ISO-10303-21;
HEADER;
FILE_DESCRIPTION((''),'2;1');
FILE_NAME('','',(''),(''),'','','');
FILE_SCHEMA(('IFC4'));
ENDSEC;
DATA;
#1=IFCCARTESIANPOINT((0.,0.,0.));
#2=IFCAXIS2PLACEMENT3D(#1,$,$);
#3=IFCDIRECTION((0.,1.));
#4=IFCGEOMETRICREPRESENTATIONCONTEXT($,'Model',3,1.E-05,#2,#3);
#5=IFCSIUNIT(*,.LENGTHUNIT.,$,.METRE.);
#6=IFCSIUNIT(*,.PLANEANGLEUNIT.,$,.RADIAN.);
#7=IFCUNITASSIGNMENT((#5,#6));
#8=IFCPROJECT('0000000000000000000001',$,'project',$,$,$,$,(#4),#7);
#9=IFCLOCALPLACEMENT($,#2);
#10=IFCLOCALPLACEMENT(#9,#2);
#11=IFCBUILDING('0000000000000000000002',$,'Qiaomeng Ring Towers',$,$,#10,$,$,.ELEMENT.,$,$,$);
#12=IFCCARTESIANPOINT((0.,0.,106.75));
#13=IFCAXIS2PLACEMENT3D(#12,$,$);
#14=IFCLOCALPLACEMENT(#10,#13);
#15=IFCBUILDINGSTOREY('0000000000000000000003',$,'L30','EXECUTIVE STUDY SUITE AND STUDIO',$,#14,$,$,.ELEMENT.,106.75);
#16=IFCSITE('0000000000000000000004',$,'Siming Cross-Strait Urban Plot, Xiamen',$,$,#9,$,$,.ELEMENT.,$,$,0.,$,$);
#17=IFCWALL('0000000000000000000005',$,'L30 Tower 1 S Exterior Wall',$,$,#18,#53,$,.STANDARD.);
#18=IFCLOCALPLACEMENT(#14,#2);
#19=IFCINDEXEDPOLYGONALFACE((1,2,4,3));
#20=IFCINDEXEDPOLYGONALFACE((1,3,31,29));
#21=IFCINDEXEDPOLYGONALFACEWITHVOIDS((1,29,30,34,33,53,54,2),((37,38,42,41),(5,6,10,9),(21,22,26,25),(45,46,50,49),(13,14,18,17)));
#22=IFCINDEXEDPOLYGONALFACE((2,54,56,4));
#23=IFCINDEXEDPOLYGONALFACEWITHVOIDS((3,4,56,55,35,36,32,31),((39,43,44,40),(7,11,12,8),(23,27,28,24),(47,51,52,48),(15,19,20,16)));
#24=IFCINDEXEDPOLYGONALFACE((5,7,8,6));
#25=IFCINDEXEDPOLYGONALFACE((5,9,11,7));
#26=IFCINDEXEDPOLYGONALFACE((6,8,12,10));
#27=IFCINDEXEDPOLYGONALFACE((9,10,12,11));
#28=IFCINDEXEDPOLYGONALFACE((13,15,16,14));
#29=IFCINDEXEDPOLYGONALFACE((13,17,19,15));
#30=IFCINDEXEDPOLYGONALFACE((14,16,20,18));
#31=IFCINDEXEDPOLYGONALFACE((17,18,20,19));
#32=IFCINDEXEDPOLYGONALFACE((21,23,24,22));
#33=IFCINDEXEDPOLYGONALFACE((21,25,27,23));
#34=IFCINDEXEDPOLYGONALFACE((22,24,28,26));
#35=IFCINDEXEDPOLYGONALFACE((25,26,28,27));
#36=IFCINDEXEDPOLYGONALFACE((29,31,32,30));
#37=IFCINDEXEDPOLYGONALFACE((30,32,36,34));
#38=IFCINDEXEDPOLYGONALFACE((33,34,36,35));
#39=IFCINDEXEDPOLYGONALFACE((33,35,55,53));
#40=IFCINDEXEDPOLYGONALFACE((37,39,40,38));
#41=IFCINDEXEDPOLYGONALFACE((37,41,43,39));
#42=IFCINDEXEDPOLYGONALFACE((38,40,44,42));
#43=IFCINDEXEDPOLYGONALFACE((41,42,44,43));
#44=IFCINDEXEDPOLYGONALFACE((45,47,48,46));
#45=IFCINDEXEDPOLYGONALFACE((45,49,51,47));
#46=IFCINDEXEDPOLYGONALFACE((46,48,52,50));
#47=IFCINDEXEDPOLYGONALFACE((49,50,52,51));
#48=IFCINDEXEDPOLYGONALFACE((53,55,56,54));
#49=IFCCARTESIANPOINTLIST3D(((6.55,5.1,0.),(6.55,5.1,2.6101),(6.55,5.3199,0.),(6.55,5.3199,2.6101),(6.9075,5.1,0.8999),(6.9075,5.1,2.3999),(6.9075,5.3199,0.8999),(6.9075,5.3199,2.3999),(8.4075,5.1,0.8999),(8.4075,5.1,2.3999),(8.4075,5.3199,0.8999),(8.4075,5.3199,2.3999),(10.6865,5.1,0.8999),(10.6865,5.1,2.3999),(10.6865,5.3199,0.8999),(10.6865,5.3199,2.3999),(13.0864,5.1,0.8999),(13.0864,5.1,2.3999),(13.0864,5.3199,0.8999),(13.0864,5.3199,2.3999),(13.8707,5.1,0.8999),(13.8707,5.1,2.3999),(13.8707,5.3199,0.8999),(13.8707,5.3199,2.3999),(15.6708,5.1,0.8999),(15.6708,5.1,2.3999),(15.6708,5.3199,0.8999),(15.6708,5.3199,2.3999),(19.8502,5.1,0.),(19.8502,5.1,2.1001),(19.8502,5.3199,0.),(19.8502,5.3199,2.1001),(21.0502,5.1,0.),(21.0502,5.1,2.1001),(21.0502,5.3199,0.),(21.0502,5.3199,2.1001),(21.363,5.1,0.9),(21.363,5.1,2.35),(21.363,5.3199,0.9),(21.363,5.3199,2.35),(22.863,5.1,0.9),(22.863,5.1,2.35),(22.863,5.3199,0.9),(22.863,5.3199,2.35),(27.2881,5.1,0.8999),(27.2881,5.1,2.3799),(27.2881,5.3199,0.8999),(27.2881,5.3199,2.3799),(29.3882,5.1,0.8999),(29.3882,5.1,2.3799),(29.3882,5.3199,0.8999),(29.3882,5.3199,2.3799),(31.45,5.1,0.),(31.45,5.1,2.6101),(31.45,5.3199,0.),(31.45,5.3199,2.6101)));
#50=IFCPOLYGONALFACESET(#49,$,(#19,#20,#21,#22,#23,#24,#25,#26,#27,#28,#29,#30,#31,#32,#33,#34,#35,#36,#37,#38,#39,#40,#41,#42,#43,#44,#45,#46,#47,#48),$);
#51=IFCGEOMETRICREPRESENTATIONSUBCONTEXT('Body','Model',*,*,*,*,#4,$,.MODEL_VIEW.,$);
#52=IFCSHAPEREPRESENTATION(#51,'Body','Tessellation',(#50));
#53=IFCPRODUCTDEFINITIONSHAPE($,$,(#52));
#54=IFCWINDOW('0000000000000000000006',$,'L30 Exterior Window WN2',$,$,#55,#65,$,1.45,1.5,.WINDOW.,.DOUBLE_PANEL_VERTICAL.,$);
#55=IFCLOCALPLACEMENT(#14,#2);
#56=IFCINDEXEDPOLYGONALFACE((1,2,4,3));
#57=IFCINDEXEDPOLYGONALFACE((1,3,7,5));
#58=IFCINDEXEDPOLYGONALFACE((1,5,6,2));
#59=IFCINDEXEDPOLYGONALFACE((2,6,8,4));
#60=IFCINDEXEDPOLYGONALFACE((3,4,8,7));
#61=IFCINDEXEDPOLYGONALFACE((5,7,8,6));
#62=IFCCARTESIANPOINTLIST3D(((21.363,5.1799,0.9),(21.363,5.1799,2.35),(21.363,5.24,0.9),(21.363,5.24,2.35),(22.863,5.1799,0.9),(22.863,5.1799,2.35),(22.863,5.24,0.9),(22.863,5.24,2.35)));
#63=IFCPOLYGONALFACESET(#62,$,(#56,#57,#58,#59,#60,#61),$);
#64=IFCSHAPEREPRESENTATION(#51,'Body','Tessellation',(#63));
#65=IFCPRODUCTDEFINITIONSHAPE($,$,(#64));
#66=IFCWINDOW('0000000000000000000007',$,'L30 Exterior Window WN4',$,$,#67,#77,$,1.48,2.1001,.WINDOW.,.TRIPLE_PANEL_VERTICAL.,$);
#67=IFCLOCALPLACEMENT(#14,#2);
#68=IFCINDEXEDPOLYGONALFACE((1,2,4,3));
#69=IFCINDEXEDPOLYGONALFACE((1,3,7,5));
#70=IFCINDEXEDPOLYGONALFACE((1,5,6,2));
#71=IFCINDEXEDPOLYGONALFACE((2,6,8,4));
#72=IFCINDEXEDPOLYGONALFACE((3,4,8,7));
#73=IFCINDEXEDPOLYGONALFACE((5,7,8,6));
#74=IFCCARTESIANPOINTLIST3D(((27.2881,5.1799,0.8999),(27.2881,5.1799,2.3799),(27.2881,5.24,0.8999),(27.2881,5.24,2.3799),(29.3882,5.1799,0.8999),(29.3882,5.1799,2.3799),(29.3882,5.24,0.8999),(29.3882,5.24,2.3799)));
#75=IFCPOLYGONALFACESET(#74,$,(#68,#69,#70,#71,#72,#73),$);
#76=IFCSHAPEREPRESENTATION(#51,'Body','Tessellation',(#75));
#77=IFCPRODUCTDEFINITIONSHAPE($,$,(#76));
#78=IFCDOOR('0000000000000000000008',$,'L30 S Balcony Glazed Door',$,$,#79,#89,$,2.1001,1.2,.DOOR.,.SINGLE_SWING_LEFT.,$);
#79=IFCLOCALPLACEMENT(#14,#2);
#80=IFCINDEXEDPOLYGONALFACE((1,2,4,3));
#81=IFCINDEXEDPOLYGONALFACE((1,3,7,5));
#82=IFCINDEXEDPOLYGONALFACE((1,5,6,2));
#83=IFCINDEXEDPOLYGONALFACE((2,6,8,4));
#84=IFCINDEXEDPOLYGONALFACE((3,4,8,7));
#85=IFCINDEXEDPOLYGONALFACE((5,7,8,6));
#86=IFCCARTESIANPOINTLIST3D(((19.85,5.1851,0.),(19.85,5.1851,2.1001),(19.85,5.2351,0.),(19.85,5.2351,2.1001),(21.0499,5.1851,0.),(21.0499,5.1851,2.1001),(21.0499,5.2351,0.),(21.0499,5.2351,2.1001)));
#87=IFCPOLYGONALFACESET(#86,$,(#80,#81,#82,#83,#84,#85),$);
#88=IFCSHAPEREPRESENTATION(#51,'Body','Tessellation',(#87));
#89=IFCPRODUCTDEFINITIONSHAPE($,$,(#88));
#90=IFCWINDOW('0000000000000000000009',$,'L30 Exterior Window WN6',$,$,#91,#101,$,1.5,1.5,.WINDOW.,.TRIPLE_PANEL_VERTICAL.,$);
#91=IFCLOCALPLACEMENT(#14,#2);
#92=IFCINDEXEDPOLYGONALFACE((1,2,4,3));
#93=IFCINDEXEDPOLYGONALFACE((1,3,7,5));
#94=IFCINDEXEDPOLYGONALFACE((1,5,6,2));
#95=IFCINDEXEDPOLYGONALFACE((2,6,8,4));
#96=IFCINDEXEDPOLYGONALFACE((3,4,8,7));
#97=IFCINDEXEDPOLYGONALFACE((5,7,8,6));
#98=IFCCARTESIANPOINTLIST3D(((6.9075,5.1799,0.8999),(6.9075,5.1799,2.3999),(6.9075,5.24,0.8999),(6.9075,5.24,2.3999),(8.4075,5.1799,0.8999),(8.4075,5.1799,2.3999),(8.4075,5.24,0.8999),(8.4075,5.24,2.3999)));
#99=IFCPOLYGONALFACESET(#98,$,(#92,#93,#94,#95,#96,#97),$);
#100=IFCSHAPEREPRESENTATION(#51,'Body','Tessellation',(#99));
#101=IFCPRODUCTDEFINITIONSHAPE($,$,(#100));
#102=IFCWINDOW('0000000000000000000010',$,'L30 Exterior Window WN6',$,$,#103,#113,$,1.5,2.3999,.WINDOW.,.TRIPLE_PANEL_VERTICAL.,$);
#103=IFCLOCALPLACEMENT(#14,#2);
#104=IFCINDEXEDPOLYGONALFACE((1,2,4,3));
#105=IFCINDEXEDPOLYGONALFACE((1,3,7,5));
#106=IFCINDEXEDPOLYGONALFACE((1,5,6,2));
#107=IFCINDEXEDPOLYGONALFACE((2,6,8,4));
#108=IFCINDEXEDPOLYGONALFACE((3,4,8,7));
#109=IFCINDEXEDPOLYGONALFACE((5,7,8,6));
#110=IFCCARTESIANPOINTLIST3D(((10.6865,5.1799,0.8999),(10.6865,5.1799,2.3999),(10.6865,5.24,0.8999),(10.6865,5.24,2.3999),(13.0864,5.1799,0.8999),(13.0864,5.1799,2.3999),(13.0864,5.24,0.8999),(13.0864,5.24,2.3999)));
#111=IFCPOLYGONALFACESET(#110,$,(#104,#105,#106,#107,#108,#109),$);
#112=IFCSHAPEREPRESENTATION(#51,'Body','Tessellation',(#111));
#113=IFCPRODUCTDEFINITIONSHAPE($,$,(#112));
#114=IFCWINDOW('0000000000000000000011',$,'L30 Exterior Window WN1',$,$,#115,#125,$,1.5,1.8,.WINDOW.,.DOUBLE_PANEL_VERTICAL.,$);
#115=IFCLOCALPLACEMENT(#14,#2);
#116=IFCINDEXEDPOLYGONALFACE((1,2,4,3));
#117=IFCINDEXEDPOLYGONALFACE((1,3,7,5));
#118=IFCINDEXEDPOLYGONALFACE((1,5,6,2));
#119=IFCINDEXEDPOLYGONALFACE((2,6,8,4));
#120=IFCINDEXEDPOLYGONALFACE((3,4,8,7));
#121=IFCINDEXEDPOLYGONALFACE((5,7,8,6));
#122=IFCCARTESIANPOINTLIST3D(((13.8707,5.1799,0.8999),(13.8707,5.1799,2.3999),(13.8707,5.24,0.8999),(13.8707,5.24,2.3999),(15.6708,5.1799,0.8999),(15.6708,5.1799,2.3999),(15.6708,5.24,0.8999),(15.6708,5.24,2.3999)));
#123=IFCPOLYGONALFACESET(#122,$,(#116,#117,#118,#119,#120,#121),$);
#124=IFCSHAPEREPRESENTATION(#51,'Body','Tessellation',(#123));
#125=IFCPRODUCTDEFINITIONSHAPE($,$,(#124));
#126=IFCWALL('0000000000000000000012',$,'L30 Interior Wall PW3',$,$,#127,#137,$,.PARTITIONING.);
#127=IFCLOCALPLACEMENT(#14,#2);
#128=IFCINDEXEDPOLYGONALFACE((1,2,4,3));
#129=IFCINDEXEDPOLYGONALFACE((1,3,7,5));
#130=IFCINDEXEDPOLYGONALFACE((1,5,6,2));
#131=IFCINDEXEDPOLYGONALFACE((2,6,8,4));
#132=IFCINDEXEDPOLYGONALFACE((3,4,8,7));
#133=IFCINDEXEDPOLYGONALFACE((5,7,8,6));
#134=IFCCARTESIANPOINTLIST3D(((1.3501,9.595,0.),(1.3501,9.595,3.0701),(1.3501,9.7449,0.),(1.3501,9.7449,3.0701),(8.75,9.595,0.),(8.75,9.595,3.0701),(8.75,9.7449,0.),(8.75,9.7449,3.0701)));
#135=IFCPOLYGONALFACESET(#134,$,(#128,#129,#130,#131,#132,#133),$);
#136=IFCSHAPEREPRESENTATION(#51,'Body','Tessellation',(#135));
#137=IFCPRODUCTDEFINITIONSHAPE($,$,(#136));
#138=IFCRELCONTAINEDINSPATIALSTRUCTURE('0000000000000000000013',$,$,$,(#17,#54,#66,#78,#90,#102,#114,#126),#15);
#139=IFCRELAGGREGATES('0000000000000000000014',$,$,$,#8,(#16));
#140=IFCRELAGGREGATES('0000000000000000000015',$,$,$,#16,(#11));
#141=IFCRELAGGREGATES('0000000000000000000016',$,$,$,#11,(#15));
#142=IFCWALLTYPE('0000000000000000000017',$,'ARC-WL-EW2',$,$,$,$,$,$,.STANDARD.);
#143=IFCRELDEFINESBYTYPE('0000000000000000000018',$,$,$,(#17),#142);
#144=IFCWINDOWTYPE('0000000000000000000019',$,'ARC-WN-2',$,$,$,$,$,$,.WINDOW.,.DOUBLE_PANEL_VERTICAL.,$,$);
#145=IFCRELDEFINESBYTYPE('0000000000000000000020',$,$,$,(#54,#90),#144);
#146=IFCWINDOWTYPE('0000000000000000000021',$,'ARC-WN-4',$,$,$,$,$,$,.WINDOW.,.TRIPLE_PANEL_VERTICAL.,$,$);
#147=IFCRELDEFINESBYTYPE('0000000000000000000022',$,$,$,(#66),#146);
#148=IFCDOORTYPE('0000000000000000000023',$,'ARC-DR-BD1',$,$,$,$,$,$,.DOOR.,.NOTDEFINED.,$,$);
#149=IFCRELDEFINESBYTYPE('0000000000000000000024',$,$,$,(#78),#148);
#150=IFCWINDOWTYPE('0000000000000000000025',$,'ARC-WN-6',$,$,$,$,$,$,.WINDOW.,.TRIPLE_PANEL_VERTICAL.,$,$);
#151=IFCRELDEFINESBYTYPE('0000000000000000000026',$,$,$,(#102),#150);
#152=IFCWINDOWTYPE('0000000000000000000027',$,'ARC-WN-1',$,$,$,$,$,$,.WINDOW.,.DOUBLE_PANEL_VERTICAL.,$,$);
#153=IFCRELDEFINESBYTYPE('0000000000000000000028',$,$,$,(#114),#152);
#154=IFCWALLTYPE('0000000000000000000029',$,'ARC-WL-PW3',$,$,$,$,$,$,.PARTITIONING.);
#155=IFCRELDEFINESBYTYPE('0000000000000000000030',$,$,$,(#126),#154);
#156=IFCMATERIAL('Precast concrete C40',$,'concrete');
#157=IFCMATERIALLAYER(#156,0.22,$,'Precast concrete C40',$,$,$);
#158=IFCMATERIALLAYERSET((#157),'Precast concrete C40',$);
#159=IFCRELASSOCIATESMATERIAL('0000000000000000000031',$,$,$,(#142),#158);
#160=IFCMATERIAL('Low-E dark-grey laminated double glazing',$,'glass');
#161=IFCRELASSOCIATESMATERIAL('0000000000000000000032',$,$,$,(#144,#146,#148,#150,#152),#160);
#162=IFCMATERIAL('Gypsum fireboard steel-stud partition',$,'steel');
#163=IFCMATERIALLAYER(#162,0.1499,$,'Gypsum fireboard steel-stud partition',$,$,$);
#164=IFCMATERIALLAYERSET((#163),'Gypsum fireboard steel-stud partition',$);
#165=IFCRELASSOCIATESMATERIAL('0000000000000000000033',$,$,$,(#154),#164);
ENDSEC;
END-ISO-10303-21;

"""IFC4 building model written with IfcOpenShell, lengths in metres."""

from ifc_helpers import new_model, si_unit, direction, frame, frame_2d, origin, place, context, subcontext, project, spatial, rectangle, extrude, source, transform, mapped, material, layer, layer_set, type_object, element, fill, save


model = new_model("IFC4")

# Units and contexts
model_context = context("Model", 3, precision=1e-05, world=origin(), true_north=direction((0.0, 1.0)))
body_context = subcontext(model_context, "Body", "Model", "MODEL_VIEW")
ifc_project = project(units=[si_unit("LENGTHUNIT", "METRE"), si_unit("PLANEANGLEUNIT", "RADIAN")], contexts=[model_context])

# Site, building, storey
site_placement = place(None, origin())
site = spatial("IfcSite", under=ifc_project, at=site_placement, Name="Siming Cross-Strait Urban Plot, Xiamen", CompositionType="ELEMENT", RefElevation=0.0)
building_placement = place(site_placement, origin())
building = spatial("IfcBuilding", under=site, at=building_placement, Name="Qiaomeng Ring Towers", CompositionType="ELEMENT")
storey_placement = place(building_placement, frame((0.0, 0.0, 106.75)))
storey = spatial("IfcBuildingStorey", under=building, at=storey_placement, Name="L30", Description="EXECUTIVE STUDY SUITE AND STUDIO", CompositionType="ELEMENT", Elevation=106.75)

# Shared definitions
ifc_material_1 = material(Name="Low-E dark-grey laminated double glazing", Category="glass")

# Wall, openings, windows, door
ifc_material_2 = material(Name="Precast concrete C40", Category="concrete")
ifc_layer_1 = layer(ifc_material_2, 0.22, Name="Precast concrete C40")
ifc_layer_set_1 = layer_set([ifc_layer_1], Name="Precast concrete C40")
wall_type_1 = type_object("IfcWallType", Name="ARC-WL-EW2", PredefinedType="STANDARD", material=ifc_layer_set_1)
wall_1_placement = place(storey_placement, frame((6.55, 5.21, 0.0), z_axis=(0.0, 0.0, 1.0), x_axis=(1.0, 0.0, 0.0)))
wall_1 = element("IfcWall", 1, at=wall_1_placement, inside=storey, type_object=wall_type_1, Name="L30 Tower 1 S Exterior Wall", PredefinedType="STANDARD", context=body_context, shape_type="SweptSolid", body=[
    extrude(rectangle(XDim=24.8999, YDim=0.22, at=frame_2d((12.45, 0.0))), origin(), (0.0, 0.0, 1.0), 2.6101),
])
opening_1_placement = place(wall_1_placement, frame((13.3, 0.0, 0.0)))
opening_1 = element("IfcOpeningElement", 2, at=opening_1_placement, cuts=wall_1, PredefinedType="OPENING", context=body_context, shape_type="SweptSolid", body=[
    extrude(rectangle(XDim=1.2, YDim=2.1001, at=frame_2d((0.6001, 1.05))), frame((0.0, 0.1199, 0.0), z_axis=(0.0, -1.0, 0.0), x_axis=(1.0, 0.0, 0.0)), (0.0, 0.0, 1.0), 0.24),
])
opening_2_placement = place(wall_1_placement, frame((0.3574, 0.0, 0.8999)))
opening_2 = element("IfcOpeningElement", 3, at=opening_2_placement, cuts=wall_1, PredefinedType="OPENING", context=body_context, shape_type="SweptSolid", body=[
    extrude(rectangle(XDim=1.5, YDim=1.5, at=frame_2d((0.75, 0.75))), frame((0.0, 0.1199, 0.0), z_axis=(0.0, -1.0, 0.0), x_axis=(1.0, 0.0, 0.0)), (0.0, 0.0, 1.0), 0.24),
])
opening_3_placement = place(wall_1_placement, frame((7.3208, 0.0, 0.8999)))
opening_3 = element("IfcOpeningElement", 4, at=opening_3_placement, cuts=wall_1, PredefinedType="OPENING", context=body_context, shape_type="SweptSolid", body=[
    extrude(rectangle(XDim=1.8, YDim=1.5, at=frame_2d((0.8999, 0.75))), frame((0.0, 0.1199, 0.0), z_axis=(0.0, -1.0, 0.0), x_axis=(1.0, 0.0, 0.0)), (0.0, 0.0, 1.0), 0.24),
])
opening_4_placement = place(wall_1_placement, frame((14.813, 0.0, 0.8999)))
opening_4 = element("IfcOpeningElement", 5, at=opening_4_placement, cuts=wall_1, PredefinedType="OPENING", context=body_context, shape_type="SweptSolid", body=[
    extrude(rectangle(XDim=1.5, YDim=1.45, at=frame_2d((0.75, 0.7251))), frame((0.0, 0.1199, 0.0), z_axis=(0.0, -1.0, 0.0), x_axis=(1.0, 0.0, 0.0)), (0.0, 0.0, 1.0), 0.24),
])
opening_5_placement = place(wall_1_placement, frame((20.738, 0.0, 0.8999)))
opening_5 = element("IfcOpeningElement", 6, at=opening_5_placement, cuts=wall_1, PredefinedType="OPENING", context=body_context, shape_type="SweptSolid", body=[
    extrude(rectangle(XDim=2.1001, YDim=1.48, at=frame_2d((1.05, 0.74))), frame((0.0, 0.1199, 0.0), z_axis=(0.0, -1.0, 0.0), x_axis=(1.0, 0.0, 0.0)), (0.0, 0.0, 1.0), 0.24),
])
opening_6_placement = place(wall_1_placement, frame((4.1365, 0.0, 0.8999)))
opening_6 = element("IfcOpeningElement", 7, at=opening_6_placement, cuts=wall_1, PredefinedType="OPENING", context=body_context, shape_type="SweptSolid", body=[
    extrude(rectangle(XDim=2.3999, YDim=1.5, at=frame_2d((1.2, 0.75))), frame((0.0, 0.1199, 0.0), z_axis=(0.0, -1.0, 0.0), x_axis=(1.0, 0.0, 0.0)), (0.0, 0.0, 1.0), 0.24),
])
window_type_1 = type_object("IfcWindowType", Name="ARC-WN-2", PartitioningType="DOUBLE_PANEL_VERTICAL", PredefinedType="WINDOW", material=ifc_material_1)
shared_shape_1 = source(origin(), body_context, "Body", "SweptSolid", [
    extrude(rectangle(XDim=1.5, YDim=1.45, at=frame_2d((0.75, 0.7251))), frame((0.0, 0.03, 0.0), z_axis=(0.0, -1.0, 0.0), x_axis=(1.0, 0.0, 0.0)), (0.0, 0.0, 1.0), 0.0601),
])
window_1_placement = place(opening_4_placement, origin())
window_1 = element("IfcWindow", 8, at=window_1_placement, inside=storey, type_object=window_type_1, Name="L30 Exterior Window WN2", OverallHeight=1.45, OverallWidth=1.5, PartitioningType="DOUBLE_PANEL_VERTICAL", PredefinedType="WINDOW", context=body_context, shape_type="MappedRepresentation", body=[
    mapped(shared_shape_1, transform((0.0, 0.0, 0.0), x_axis=(1.0, 0.0, 0.0), y_axis=(0.0, 1.0, 0.0), z_axis=(0.0, 0.0, 1.0), scale=1.0)),
])
fill(opening_4, window_1)
window_type_2 = type_object("IfcWindowType", Name="ARC-WN-4", PartitioningType="TRIPLE_PANEL_VERTICAL", PredefinedType="WINDOW", material=ifc_material_1)
shared_shape_2 = source(origin(), body_context, "Body", "SweptSolid", [
    extrude(rectangle(XDim=2.1001, YDim=1.48, at=frame_2d((1.05, 0.74))), frame((0.0, 0.03, 0.0), z_axis=(0.0, -1.0, 0.0), x_axis=(1.0, 0.0, 0.0)), (0.0, 0.0, 1.0), 0.0601),
])
window_2_placement = place(opening_5_placement, origin())
window_2 = element("IfcWindow", 9, at=window_2_placement, inside=storey, type_object=window_type_2, Name="L30 Exterior Window WN4", OverallHeight=1.48, OverallWidth=2.1001, PartitioningType="TRIPLE_PANEL_VERTICAL", PredefinedType="WINDOW", context=body_context, shape_type="MappedRepresentation", body=[
    mapped(shared_shape_2, transform((0.0, 0.0, 0.0), x_axis=(1.0, 0.0, 0.0), y_axis=(0.0, 1.0, 0.0), z_axis=(0.0, 0.0, 1.0), scale=1.0)),
])
fill(opening_5, window_2)
door_type = type_object("IfcDoorType", Name="ARC-DR-BD1", OperationType="NOTDEFINED", PredefinedType="DOOR", material=ifc_material_1)
shared_shape_3 = source(origin(), body_context, "Body", "SweptSolid", [
    extrude(rectangle(XDim=1.2, YDim=2.1001, at=frame_2d((0.6001, 1.05))), frame((0.0, 0.0249, 0.0), z_axis=(0.0, -1.0, 0.0), x_axis=(1.0, 0.0, 0.0)), (0.0, 0.0, 1.0), 0.05),
])
door_placement = place(opening_1_placement, frame((1.2, 0.0, 0.0), z_axis=(0.0, 0.0, 1.0), x_axis=(-1.0, 0.0, 0.0)))
door = element("IfcDoor", 10, at=door_placement, inside=storey, type_object=door_type, Name="L30 S Balcony Glazed Door", OperationType="SINGLE_SWING_LEFT", OverallHeight=2.1001, OverallWidth=1.2, PredefinedType="DOOR", context=body_context, shape_type="MappedRepresentation", body=[
    mapped(shared_shape_3, transform((0.0, 0.0, 0.0), x_axis=(1.0, 0.0, 0.0), y_axis=(0.0, 1.0, 0.0), z_axis=(0.0, 0.0, 1.0), scale=1.0)),
])
fill(opening_1, door)
shared_shape_4 = source(origin(), body_context, "Body", "SweptSolid", [
    extrude(rectangle(XDim=1.5, YDim=1.5, at=frame_2d((0.75, 0.75))), frame((0.0, 0.03, 0.0), z_axis=(0.0, -1.0, 0.0), x_axis=(1.0, 0.0, 0.0)), (0.0, 0.0, 1.0), 0.0601),
])
window_3_placement = place(opening_2_placement, origin())
window_3 = element("IfcWindow", 11, at=window_3_placement, inside=storey, type_object=window_type_1, Name="L30 Exterior Window WN6", OverallHeight=1.5, OverallWidth=1.5, PartitioningType="TRIPLE_PANEL_VERTICAL", PredefinedType="WINDOW", context=body_context, shape_type="MappedRepresentation", body=[
    mapped(shared_shape_4, transform((0.0, 0.0, 0.0), x_axis=(1.0, 0.0, 0.0), y_axis=(0.0, 1.0, 0.0), z_axis=(0.0, 0.0, 1.0), scale=1.0)),
])
fill(opening_2, window_3)
window_type_3 = type_object("IfcWindowType", Name="ARC-WN-6", PartitioningType="TRIPLE_PANEL_VERTICAL", PredefinedType="WINDOW", material=ifc_material_1)
shared_shape_5 = source(origin(), body_context, "Body", "SweptSolid", [
    extrude(rectangle(XDim=2.3999, YDim=1.5, at=frame_2d((1.2, 0.75))), frame((0.0, 0.03, 0.0), z_axis=(0.0, -1.0, 0.0), x_axis=(1.0, 0.0, 0.0)), (0.0, 0.0, 1.0), 0.0601),
])
window_4_placement = place(opening_6_placement, origin())
window_4 = element("IfcWindow", 12, at=window_4_placement, inside=storey, type_object=window_type_3, Name="L30 Exterior Window WN6", OverallHeight=1.5, OverallWidth=2.3999, PartitioningType="TRIPLE_PANEL_VERTICAL", PredefinedType="WINDOW", context=body_context, shape_type="MappedRepresentation", body=[
    mapped(shared_shape_5, transform((0.0, 0.0, 0.0), x_axis=(1.0, 0.0, 0.0), y_axis=(0.0, 1.0, 0.0), z_axis=(0.0, 0.0, 1.0), scale=1.0)),
])
fill(opening_6, window_4)
window_type_4 = type_object("IfcWindowType", Name="ARC-WN-1", PartitioningType="DOUBLE_PANEL_VERTICAL", PredefinedType="WINDOW", material=ifc_material_1)
shared_shape_6 = source(origin(), body_context, "Body", "SweptSolid", [
    extrude(rectangle(XDim=1.8, YDim=1.5, at=frame_2d((0.8999, 0.75))), frame((0.0, 0.03, 0.0), z_axis=(0.0, -1.0, 0.0), x_axis=(1.0, 0.0, 0.0)), (0.0, 0.0, 1.0), 0.0601),
])
window_5_placement = place(opening_3_placement, origin())
window_5 = element("IfcWindow", 13, at=window_5_placement, inside=storey, type_object=window_type_4, Name="L30 Exterior Window WN1", OverallHeight=1.5, OverallWidth=1.8, PartitioningType="DOUBLE_PANEL_VERTICAL", PredefinedType="WINDOW", context=body_context, shape_type="MappedRepresentation", body=[
    mapped(shared_shape_6, transform((0.0, 0.0, 0.0), x_axis=(1.0, 0.0, 0.0), y_axis=(0.0, 1.0, 0.0), z_axis=(0.0, 0.0, 1.0), scale=1.0)),
])
fill(opening_3, window_5)

# Wall
ifc_material_3 = material(Name="Gypsum fireboard steel-stud partition", Category="steel")
ifc_layer_2 = layer(ifc_material_3, 0.1499, Name="Gypsum fireboard steel-stud partition")
ifc_layer_set_2 = layer_set([ifc_layer_2], Name="Gypsum fireboard steel-stud partition")
wall_type_2 = type_object("IfcWallType", Name="ARC-WL-PW3", PredefinedType="PARTITIONING", material=ifc_layer_set_2)
wall_2_placement = place(storey_placement, frame((1.3501, 9.6699, 0.0), z_axis=(0.0, 0.0, 1.0), x_axis=(1.0, 0.0, 0.0)))
element("IfcWall", 14, at=wall_2_placement, inside=storey, type_object=wall_type_2, Name="L30 Interior Wall PW3", PredefinedType="PARTITIONING", context=body_context, shape_type="SweptSolid", body=[
    extrude(rectangle(XDim=7.3999, YDim=0.1499, at=frame_2d((3.7, 0.0))), origin(), (0.0, 0.0, 1.0), 3.0701),
])

save(model, "model.ifc")
